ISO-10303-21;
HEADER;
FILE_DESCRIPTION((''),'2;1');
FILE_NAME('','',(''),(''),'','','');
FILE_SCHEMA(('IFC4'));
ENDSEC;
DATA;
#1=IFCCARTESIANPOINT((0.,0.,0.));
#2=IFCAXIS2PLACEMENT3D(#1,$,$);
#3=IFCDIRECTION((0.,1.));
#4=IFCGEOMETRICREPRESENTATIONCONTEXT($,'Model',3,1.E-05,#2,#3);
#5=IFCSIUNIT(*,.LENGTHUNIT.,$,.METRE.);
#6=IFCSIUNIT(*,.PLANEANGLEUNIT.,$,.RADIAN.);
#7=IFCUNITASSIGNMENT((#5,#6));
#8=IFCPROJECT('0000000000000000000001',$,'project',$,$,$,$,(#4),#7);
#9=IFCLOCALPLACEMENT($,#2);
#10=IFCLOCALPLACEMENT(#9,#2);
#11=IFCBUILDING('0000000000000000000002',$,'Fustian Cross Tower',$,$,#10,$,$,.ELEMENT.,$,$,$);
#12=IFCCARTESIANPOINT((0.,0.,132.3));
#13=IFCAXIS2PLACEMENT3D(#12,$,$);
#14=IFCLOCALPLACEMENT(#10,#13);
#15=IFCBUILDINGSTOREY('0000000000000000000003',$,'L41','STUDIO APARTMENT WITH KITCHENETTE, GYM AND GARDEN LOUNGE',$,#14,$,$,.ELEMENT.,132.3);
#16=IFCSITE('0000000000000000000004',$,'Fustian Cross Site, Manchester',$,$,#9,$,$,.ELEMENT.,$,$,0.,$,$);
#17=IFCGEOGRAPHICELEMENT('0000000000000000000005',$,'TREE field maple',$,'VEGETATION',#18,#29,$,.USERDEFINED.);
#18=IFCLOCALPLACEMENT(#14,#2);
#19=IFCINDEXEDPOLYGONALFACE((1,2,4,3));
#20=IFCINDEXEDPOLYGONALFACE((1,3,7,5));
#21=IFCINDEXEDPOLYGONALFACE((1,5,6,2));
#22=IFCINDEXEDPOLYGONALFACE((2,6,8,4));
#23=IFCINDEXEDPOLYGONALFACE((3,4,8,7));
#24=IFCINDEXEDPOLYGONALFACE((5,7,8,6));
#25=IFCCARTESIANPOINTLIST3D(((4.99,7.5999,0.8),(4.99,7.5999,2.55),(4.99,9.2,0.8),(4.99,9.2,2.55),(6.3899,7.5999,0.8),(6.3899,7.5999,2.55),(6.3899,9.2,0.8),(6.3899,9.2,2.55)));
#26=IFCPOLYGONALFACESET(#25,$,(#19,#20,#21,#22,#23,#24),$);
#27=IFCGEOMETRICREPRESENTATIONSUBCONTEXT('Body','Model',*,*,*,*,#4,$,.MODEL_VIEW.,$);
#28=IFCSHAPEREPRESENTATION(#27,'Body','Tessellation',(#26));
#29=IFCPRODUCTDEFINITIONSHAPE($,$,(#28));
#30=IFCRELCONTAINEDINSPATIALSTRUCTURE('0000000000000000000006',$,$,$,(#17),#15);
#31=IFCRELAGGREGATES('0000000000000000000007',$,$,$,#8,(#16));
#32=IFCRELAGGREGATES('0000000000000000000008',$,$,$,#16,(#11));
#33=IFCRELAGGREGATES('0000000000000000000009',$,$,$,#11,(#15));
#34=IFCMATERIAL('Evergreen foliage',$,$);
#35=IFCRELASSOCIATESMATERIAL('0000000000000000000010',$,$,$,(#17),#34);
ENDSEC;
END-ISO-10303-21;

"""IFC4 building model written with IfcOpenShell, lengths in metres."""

from ifc_helpers import new_model, si_unit, direction, frame, origin, origin_2d, place, context, subcontext, project, spatial, rectangle, extrude, material, element, save


model = new_model("IFC4")

# Units and contexts
model_context = context("Model", 3, precision=1e-05, world=origin(), true_north=direction((0.0, 1.0)))
body_context = subcontext(model_context, "Body", "Model", "MODEL_VIEW")
ifc_project = project(units=[si_unit("LENGTHUNIT", "METRE"), si_unit("PLANEANGLEUNIT", "RADIAN")], contexts=[model_context])

# Site, building, storey
site_placement = place(None, origin())
site = spatial("IfcSite", under=ifc_project, at=site_placement, Name="Fustian Cross Site, Manchester", CompositionType="ELEMENT", RefElevation=0.0)
building_placement = place(site_placement, origin())
building = spatial("IfcBuilding", under=site, at=building_placement, Name="Fustian Cross Tower", CompositionType="ELEMENT")
storey_placement = place(building_placement, frame((0.0, 0.0, 132.3)))
storey = spatial("IfcBuildingStorey", under=building, at=storey_placement, Name="L41", Description="STUDIO APARTMENT WITH KITCHENETTE, GYM AND GARDEN LOUNGE", CompositionType="ELEMENT", Elevation=132.3)

# Geographic element
ifc_material_1 = material(Name="Evergreen foliage")
geographic_element_placement = place(storey_placement, frame((5.6899, 8.3999, 0.8), z_axis=(0.0, 0.0, 1.0), x_axis=(1.0, 0.0, 0.0)))
element("IfcGeographicElement", 1, at=geographic_element_placement, inside=storey, material=ifc_material_1, Name="TREE field maple", ObjectType="VEGETATION", PredefinedType="USERDEFINED", context=body_context, shape_type="SweptSolid", body=[
    extrude(rectangle(XDim=1.3999, YDim=1.6001, at=origin_2d()), origin(), (0.0, 0.0, 1.0), 1.75),
])

save(model, "model.ifc")
